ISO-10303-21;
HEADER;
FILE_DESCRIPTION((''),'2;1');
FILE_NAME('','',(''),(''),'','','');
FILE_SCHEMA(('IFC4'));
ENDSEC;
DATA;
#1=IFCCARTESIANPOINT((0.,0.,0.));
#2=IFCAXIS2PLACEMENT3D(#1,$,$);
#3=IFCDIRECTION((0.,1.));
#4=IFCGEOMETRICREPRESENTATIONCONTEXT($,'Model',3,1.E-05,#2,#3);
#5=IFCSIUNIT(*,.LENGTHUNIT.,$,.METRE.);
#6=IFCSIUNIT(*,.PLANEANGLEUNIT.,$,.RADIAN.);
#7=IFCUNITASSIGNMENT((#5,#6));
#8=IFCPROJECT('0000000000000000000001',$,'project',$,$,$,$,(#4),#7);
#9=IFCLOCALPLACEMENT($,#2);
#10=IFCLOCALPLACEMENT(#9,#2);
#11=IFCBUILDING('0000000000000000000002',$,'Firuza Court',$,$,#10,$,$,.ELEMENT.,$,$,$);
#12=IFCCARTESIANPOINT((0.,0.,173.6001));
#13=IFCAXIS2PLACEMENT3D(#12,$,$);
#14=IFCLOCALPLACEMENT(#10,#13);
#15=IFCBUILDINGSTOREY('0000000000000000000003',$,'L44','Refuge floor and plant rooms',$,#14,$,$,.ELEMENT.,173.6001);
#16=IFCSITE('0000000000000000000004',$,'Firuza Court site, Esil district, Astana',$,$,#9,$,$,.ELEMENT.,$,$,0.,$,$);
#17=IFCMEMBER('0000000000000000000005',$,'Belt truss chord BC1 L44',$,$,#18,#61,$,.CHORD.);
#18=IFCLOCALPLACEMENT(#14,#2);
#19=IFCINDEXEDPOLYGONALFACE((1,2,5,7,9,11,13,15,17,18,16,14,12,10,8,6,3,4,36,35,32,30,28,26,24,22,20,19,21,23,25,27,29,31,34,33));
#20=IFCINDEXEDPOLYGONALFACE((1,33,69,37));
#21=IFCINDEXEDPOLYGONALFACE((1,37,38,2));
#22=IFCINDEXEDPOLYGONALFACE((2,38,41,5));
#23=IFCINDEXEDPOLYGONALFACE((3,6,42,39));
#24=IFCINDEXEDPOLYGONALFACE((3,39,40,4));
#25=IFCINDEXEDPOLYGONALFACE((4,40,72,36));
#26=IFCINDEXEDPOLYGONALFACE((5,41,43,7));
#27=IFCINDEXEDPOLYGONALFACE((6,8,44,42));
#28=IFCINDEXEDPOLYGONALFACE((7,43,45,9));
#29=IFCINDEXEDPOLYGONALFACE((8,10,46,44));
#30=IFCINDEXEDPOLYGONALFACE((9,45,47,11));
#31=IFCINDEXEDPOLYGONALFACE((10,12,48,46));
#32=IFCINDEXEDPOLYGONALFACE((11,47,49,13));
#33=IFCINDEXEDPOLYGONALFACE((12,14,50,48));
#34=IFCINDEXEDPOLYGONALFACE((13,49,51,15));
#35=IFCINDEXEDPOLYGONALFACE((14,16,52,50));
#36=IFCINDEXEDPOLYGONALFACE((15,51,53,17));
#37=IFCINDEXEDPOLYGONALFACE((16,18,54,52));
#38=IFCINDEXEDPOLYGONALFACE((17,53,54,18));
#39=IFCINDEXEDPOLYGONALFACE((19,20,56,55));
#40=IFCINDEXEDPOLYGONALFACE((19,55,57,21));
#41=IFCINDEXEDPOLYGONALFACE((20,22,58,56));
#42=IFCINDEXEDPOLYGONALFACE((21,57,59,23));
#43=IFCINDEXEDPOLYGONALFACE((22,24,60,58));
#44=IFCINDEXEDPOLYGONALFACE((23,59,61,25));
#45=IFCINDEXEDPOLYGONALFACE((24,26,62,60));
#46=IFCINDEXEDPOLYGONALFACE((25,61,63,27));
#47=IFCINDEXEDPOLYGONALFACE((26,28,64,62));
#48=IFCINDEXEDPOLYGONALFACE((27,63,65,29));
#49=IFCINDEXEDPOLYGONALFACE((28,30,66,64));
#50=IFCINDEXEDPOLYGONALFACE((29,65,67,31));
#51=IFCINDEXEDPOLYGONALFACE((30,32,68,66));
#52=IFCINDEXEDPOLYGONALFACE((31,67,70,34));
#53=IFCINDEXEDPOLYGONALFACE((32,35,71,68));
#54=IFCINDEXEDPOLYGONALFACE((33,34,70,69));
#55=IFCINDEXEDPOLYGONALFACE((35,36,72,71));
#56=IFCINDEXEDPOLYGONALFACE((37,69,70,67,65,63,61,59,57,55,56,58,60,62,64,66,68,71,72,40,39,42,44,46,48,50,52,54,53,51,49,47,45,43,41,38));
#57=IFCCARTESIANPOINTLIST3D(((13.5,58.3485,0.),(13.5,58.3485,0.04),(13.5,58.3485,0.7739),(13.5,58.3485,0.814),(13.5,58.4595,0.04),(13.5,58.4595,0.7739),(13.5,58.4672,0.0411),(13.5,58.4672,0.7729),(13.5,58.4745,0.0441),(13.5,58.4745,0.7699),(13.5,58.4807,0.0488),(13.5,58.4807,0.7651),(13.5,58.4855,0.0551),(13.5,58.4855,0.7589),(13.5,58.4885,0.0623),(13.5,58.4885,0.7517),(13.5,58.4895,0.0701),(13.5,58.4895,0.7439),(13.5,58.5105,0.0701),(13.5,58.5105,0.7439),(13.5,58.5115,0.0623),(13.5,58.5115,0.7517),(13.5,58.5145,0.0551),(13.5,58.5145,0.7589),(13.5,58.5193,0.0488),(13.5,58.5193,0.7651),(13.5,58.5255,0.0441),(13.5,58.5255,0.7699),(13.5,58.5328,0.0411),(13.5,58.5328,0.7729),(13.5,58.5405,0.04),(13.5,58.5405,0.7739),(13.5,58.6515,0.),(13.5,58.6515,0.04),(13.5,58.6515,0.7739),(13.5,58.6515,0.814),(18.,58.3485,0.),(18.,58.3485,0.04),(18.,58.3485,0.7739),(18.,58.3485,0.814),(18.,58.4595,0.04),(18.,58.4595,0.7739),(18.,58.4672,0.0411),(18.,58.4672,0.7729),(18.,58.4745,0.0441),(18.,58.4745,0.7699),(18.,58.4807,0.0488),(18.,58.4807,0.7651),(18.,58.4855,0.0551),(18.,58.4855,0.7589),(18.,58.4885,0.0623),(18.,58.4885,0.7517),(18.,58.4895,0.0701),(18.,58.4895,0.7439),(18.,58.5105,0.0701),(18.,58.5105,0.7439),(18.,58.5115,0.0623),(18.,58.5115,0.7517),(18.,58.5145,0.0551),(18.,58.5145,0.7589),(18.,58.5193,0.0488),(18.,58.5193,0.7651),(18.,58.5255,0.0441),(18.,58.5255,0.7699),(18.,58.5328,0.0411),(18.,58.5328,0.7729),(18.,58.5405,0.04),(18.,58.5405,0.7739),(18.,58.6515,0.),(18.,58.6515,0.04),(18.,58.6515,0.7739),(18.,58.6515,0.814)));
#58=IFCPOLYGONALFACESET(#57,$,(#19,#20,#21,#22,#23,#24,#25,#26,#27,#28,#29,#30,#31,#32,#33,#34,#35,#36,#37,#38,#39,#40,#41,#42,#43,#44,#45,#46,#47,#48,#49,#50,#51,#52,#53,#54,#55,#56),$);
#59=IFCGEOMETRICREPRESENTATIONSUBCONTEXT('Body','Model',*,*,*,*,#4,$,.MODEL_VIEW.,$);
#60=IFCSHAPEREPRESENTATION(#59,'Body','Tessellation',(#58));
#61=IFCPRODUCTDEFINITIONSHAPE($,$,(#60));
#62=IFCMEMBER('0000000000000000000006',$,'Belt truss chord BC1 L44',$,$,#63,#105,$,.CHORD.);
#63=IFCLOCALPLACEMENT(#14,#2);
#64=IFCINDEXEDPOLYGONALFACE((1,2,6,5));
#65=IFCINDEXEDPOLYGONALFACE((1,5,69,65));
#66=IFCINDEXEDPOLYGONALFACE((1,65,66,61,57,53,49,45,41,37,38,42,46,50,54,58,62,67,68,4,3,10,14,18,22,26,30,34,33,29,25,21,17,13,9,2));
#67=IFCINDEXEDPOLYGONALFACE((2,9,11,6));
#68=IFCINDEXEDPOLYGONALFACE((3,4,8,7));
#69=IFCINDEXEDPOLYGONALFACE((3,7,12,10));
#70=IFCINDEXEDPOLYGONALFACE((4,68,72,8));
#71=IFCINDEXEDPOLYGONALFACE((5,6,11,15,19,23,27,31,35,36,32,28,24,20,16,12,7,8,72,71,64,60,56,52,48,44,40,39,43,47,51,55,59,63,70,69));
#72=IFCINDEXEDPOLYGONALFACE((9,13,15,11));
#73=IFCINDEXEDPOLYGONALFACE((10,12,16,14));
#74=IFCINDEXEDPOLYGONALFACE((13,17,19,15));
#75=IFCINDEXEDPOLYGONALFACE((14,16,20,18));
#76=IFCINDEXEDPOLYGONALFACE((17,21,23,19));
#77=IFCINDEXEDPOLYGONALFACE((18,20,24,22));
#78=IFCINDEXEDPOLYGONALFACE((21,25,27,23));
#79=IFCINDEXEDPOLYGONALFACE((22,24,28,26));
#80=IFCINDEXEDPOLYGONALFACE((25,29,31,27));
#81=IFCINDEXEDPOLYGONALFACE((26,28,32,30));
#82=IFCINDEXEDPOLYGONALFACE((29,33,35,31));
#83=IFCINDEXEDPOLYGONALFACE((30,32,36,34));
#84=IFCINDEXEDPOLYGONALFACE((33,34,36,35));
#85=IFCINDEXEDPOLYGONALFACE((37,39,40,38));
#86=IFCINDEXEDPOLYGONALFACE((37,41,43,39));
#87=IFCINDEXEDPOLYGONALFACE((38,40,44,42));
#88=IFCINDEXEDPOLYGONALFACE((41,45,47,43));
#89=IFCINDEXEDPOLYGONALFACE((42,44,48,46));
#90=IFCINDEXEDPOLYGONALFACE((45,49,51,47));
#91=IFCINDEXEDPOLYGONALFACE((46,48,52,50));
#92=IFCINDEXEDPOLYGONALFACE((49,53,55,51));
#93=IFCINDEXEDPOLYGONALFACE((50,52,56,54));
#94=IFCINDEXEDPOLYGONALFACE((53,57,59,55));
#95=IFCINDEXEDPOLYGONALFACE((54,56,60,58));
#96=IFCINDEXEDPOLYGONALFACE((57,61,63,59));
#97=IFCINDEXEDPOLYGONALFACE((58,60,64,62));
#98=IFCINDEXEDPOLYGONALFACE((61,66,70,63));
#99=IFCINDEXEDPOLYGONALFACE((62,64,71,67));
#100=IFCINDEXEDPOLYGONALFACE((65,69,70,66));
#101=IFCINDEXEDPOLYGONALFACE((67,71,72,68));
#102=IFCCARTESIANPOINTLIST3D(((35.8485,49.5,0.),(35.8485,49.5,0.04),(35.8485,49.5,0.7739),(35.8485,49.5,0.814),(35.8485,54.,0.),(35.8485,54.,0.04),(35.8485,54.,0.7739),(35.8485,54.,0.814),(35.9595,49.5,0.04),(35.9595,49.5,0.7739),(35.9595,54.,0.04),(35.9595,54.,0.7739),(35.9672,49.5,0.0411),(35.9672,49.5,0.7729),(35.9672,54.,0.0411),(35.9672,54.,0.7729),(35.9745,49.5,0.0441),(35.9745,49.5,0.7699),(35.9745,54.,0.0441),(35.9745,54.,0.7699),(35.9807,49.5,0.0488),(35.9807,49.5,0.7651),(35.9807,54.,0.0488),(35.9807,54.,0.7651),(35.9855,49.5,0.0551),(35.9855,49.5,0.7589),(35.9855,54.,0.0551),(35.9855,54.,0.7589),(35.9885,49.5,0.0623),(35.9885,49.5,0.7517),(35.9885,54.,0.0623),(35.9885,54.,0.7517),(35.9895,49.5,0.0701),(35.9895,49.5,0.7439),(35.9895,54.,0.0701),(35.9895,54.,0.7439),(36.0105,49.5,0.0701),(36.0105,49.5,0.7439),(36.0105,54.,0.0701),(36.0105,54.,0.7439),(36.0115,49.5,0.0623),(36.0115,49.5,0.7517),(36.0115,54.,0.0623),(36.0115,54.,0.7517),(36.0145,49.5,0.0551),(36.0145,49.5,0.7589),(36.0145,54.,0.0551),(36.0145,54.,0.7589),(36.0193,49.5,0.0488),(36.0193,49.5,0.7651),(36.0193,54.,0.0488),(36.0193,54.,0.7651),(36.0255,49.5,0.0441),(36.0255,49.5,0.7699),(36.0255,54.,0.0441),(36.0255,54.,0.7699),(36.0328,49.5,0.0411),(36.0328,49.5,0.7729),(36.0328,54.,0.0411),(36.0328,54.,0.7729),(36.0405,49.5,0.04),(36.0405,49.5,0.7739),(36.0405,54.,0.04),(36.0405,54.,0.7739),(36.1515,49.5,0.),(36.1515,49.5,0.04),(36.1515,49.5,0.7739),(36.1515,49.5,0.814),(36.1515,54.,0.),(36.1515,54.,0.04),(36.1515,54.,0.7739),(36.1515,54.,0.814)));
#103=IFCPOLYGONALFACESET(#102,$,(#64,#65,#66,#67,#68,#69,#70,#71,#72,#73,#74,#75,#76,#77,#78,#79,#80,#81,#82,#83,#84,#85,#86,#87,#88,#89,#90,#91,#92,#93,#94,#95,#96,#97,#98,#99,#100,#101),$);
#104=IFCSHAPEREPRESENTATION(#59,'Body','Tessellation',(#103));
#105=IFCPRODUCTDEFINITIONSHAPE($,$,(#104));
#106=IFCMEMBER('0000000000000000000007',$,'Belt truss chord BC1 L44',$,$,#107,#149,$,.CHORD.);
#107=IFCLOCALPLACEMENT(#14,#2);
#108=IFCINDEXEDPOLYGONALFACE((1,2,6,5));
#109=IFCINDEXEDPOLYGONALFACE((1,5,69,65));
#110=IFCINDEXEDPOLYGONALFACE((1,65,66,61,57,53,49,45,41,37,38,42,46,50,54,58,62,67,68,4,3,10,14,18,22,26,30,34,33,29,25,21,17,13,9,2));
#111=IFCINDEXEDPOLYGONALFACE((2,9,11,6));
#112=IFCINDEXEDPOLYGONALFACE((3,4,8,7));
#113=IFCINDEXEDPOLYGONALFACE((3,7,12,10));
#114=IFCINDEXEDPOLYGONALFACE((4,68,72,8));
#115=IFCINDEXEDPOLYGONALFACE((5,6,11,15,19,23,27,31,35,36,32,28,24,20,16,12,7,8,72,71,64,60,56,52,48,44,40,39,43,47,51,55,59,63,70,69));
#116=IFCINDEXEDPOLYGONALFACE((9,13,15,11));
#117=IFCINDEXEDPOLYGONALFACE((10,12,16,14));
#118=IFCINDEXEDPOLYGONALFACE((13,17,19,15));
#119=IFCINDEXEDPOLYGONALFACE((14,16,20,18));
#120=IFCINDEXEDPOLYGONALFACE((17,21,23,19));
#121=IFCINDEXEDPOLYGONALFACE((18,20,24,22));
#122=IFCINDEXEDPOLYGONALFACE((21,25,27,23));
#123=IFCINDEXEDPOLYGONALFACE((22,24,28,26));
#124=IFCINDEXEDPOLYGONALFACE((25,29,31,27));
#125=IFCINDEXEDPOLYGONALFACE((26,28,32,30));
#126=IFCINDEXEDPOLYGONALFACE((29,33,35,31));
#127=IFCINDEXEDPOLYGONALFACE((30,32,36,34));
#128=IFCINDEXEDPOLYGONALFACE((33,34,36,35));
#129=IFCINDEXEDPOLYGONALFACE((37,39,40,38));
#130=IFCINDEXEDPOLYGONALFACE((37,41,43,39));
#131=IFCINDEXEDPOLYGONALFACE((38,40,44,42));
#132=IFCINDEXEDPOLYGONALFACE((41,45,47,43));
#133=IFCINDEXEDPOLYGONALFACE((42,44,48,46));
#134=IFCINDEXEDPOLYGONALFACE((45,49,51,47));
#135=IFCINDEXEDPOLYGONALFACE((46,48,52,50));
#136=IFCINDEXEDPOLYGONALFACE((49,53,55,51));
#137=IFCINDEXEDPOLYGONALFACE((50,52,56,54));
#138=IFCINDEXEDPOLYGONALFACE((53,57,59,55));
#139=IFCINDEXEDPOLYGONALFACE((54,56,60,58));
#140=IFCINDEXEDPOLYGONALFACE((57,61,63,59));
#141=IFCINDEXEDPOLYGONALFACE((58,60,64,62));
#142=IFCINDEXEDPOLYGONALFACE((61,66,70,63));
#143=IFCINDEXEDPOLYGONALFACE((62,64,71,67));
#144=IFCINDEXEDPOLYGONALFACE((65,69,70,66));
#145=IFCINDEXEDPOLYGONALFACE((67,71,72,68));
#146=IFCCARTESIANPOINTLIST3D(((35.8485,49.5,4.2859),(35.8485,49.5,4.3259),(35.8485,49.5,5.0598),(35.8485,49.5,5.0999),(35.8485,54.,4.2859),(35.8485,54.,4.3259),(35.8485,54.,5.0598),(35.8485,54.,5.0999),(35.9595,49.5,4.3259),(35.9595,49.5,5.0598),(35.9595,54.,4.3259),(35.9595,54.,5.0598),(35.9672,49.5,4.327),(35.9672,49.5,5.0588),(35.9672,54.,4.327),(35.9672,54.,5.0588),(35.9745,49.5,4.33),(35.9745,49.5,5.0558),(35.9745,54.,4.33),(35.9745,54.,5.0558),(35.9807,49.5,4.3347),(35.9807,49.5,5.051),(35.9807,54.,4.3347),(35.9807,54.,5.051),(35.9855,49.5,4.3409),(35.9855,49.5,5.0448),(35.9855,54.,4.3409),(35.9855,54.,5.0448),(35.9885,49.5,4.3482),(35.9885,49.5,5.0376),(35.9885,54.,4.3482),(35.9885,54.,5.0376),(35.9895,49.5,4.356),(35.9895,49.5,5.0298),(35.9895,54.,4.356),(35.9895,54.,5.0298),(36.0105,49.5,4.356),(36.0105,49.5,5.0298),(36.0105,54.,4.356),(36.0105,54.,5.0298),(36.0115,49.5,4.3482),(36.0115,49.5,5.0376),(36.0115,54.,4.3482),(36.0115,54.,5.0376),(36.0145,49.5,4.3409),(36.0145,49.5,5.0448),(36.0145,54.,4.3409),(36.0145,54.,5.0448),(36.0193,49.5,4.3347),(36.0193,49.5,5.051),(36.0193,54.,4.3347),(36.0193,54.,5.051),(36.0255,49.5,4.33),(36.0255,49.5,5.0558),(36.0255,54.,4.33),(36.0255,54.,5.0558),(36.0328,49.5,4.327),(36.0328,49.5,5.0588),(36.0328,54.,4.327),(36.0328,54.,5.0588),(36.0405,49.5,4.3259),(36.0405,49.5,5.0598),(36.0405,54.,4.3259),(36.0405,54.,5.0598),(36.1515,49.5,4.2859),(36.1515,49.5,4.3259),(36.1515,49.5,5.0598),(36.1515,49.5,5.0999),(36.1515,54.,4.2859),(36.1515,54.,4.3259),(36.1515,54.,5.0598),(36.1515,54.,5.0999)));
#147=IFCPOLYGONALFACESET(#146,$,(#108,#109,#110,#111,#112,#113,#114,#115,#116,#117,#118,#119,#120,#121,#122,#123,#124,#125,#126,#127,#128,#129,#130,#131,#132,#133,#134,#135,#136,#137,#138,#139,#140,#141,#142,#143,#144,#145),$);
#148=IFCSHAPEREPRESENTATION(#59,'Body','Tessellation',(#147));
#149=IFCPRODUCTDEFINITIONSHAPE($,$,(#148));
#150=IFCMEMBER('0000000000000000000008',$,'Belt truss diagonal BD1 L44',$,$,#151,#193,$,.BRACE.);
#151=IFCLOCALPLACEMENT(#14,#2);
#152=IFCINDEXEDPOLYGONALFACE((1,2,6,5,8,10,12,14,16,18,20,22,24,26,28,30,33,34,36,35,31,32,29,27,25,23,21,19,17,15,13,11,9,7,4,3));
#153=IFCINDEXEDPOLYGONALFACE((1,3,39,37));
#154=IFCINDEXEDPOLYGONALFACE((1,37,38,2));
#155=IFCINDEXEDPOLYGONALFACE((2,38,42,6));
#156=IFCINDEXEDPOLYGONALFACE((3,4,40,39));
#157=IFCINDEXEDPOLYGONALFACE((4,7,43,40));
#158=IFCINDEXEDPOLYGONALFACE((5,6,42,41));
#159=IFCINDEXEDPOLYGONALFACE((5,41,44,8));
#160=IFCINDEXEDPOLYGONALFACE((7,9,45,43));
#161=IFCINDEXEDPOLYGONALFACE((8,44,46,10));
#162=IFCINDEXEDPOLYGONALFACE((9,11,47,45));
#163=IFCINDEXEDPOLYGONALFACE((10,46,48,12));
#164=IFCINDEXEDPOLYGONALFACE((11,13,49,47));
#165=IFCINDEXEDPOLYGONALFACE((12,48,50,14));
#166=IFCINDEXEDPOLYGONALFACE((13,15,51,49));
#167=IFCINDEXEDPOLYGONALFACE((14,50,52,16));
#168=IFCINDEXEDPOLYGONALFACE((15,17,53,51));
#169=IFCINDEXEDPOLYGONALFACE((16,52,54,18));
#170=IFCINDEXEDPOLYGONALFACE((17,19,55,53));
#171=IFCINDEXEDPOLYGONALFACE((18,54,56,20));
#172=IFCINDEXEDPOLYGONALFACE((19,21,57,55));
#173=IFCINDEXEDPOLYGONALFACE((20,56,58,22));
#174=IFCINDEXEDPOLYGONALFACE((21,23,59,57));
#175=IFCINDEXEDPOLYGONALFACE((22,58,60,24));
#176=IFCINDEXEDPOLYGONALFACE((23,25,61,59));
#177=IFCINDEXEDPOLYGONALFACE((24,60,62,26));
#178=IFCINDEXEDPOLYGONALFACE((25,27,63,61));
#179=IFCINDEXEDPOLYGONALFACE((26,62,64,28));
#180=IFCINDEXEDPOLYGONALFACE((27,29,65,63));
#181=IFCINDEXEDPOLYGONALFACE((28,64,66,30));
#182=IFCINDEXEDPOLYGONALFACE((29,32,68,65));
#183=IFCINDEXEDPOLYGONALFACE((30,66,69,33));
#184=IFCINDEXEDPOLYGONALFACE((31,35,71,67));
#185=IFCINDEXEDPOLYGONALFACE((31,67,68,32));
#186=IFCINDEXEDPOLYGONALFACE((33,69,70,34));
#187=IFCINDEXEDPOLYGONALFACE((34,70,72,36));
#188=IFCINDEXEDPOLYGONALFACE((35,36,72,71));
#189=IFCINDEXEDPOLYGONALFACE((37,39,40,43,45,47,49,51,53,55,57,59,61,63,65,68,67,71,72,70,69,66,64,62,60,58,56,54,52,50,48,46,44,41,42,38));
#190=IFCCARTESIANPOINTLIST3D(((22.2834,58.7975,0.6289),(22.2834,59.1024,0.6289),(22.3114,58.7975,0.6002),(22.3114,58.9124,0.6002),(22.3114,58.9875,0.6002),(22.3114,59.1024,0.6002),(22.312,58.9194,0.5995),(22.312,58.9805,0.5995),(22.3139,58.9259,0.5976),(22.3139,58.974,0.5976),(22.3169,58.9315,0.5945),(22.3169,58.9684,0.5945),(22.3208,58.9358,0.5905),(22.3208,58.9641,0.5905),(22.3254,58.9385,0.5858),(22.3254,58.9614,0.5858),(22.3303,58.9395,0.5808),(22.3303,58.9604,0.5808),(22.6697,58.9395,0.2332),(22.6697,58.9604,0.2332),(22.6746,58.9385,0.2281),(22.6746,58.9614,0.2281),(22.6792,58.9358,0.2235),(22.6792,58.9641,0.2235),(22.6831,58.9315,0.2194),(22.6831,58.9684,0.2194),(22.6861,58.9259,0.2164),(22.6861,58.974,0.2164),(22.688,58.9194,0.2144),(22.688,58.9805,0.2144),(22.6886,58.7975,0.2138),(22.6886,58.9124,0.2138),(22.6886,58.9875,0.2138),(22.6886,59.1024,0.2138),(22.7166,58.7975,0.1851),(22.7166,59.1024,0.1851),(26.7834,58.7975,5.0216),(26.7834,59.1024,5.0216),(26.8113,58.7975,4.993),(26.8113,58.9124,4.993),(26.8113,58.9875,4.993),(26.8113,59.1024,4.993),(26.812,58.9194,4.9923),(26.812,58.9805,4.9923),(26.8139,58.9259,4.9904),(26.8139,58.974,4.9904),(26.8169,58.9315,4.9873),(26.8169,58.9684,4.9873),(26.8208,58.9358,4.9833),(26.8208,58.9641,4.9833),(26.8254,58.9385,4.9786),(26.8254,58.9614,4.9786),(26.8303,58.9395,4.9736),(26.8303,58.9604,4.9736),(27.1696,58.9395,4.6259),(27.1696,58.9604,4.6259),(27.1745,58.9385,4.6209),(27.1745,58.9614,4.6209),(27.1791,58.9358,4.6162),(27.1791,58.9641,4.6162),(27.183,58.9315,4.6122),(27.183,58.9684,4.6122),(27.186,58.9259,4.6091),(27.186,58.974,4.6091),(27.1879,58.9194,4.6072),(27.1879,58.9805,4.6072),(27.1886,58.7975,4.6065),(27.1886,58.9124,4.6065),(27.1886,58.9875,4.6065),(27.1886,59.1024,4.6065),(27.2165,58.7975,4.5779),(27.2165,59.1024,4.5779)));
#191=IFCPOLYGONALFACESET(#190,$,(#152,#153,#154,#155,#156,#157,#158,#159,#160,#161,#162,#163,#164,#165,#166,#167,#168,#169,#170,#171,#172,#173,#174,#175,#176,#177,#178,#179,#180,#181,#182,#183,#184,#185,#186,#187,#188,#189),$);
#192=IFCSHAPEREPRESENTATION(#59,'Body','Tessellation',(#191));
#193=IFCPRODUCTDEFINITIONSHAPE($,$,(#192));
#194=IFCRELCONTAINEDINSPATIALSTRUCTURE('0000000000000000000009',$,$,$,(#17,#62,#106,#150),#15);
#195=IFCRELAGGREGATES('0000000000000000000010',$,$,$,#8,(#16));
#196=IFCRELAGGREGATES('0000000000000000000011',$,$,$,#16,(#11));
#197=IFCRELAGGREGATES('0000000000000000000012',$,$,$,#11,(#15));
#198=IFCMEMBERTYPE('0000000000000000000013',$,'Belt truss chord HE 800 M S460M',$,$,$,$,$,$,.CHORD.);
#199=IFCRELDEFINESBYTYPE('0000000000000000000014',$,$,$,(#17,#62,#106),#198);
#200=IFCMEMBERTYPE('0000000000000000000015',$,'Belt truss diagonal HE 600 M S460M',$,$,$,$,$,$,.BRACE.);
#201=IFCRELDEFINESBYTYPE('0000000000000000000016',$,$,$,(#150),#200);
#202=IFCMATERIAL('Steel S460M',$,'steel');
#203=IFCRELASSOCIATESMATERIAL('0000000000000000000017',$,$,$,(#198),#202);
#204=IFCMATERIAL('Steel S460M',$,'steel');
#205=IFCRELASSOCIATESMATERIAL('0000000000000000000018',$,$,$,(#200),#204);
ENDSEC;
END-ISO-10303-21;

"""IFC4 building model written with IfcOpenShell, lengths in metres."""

from ifc_helpers import new_model, si_unit, direction, frame, origin, origin_2d, place, context, subcontext, project, spatial, i_section, extrude, material, material_profile, profile_set, type_object, element, save


model = new_model("IFC4")

# Units and contexts
model_context = context("Model", 3, precision=1e-05, world=origin(), true_north=direction((0.0, 1.0)))
body_context = subcontext(model_context, "Body", "Model", "MODEL_VIEW")
ifc_project = project(units=[si_unit("LENGTHUNIT", "METRE"), si_unit("PLANEANGLEUNIT", "RADIAN")], contexts=[model_context])

# Site, building, storey
site_placement = place(None, origin())
site = spatial("IfcSite", under=ifc_project, at=site_placement, Name="Firuza Court site, Esil district, Astana", CompositionType="ELEMENT", RefElevation=0.0)
building_placement = place(site_placement, origin())
building = spatial("IfcBuilding", under=site, at=building_placement, Name="Firuza Court", CompositionType="ELEMENT")
storey_placement = place(building_placement, frame((0.0, 0.0, 173.6001)))
storey = spatial("IfcBuildingStorey", under=building, at=storey_placement, Name="L44", Description="Refuge floor and plant rooms", CompositionType="ELEMENT", Elevation=173.6001)

# Members
ifc_material_1 = material(Name="Steel S460M", Category="steel")
ifc_material_profile_1 = material_profile(ifc_material_1, i_section(OverallWidth=0.303, OverallDepth=0.814, WebThickness=0.021, FlangeThickness=0.04, FilletRadius=0.03, at=origin_2d()), Name="HE 800 M")
ifc_profile_set_1 = profile_set([ifc_material_profile_1], Name="Steel S460M")
member_type_1 = type_object("IfcMemberType", Name="Belt truss chord HE 800 M S460M", PredefinedType="CHORD", material=ifc_profile_set_1)
for number, where, z_axis, x_axis, name in (
    (1, (18.0, 58.5, 0.407), (-1.0, 0.0, 0.0), (0.0, -1.0, 0.0), "Belt truss chord BC1 L44"),
    (2, (36.0, 49.5, 0.407), (0.0, 1.0, 0.0), (-1.0, 0.0, 0.0), "Belt truss chord BC1 L44"),
    (3, (36.0, 49.5, 4.6929), (0.0, 1.0, 0.0), (-1.0, 0.0, 0.0), "Belt truss chord BC1 L44"),
):
    element("IfcMember", number, at=place(storey_placement, frame(where, z_axis=z_axis, x_axis=x_axis)), inside=storey, type_object=member_type_1, Name=name, PredefinedType="CHORD", context=body_context, shape_type="SweptSolid", body=[
        extrude(i_section(OverallWidth=0.303, OverallDepth=0.814, WebThickness=0.021, FlangeThickness=0.04, FilletRadius=0.03, at=origin_2d()), origin(), (0.0, 0.0, 1.0), 4.5),
    ])
ifc_material_2 = material(Name="Steel S460M", Category="steel")
ifc_material_profile_2 = material_profile(ifc_material_2, i_section(OverallWidth=0.3049, OverallDepth=0.6201, WebThickness=0.021, FlangeThickness=0.04, FilletRadius=0.0271, at=origin_2d()), Name="HE 600 M")
ifc_profile_set_2 = profile_set([ifc_material_profile_2], Name="Steel S460M")
member_type_2 = type_object("IfcMemberType", Name="Belt truss diagonal HE 600 M S460M", PredefinedType="BRACE", material=ifc_profile_set_2)
member_1_placement = place(storey_placement, frame((22.5, 58.95, 0.407), z_axis=(0.715577, 0.0, 0.698534), x_axis=(0.0, 1.0, 0.0)))
element("IfcMember", 4, at=member_1_placement, inside=storey, type_object=member_type_2, Name="Belt truss diagonal BD1 L44", PredefinedType="BRACE", context=body_context, shape_type="SweptSolid", body=[
    extrude(i_section(OverallWidth=0.3049, OverallDepth=0.6201, WebThickness=0.021, FlangeThickness=0.04, FilletRadius=0.0271, at=origin_2d()), origin(), (0.0, 0.0, 1.0), 6.2886),
])

save(model, "model.ifc")
